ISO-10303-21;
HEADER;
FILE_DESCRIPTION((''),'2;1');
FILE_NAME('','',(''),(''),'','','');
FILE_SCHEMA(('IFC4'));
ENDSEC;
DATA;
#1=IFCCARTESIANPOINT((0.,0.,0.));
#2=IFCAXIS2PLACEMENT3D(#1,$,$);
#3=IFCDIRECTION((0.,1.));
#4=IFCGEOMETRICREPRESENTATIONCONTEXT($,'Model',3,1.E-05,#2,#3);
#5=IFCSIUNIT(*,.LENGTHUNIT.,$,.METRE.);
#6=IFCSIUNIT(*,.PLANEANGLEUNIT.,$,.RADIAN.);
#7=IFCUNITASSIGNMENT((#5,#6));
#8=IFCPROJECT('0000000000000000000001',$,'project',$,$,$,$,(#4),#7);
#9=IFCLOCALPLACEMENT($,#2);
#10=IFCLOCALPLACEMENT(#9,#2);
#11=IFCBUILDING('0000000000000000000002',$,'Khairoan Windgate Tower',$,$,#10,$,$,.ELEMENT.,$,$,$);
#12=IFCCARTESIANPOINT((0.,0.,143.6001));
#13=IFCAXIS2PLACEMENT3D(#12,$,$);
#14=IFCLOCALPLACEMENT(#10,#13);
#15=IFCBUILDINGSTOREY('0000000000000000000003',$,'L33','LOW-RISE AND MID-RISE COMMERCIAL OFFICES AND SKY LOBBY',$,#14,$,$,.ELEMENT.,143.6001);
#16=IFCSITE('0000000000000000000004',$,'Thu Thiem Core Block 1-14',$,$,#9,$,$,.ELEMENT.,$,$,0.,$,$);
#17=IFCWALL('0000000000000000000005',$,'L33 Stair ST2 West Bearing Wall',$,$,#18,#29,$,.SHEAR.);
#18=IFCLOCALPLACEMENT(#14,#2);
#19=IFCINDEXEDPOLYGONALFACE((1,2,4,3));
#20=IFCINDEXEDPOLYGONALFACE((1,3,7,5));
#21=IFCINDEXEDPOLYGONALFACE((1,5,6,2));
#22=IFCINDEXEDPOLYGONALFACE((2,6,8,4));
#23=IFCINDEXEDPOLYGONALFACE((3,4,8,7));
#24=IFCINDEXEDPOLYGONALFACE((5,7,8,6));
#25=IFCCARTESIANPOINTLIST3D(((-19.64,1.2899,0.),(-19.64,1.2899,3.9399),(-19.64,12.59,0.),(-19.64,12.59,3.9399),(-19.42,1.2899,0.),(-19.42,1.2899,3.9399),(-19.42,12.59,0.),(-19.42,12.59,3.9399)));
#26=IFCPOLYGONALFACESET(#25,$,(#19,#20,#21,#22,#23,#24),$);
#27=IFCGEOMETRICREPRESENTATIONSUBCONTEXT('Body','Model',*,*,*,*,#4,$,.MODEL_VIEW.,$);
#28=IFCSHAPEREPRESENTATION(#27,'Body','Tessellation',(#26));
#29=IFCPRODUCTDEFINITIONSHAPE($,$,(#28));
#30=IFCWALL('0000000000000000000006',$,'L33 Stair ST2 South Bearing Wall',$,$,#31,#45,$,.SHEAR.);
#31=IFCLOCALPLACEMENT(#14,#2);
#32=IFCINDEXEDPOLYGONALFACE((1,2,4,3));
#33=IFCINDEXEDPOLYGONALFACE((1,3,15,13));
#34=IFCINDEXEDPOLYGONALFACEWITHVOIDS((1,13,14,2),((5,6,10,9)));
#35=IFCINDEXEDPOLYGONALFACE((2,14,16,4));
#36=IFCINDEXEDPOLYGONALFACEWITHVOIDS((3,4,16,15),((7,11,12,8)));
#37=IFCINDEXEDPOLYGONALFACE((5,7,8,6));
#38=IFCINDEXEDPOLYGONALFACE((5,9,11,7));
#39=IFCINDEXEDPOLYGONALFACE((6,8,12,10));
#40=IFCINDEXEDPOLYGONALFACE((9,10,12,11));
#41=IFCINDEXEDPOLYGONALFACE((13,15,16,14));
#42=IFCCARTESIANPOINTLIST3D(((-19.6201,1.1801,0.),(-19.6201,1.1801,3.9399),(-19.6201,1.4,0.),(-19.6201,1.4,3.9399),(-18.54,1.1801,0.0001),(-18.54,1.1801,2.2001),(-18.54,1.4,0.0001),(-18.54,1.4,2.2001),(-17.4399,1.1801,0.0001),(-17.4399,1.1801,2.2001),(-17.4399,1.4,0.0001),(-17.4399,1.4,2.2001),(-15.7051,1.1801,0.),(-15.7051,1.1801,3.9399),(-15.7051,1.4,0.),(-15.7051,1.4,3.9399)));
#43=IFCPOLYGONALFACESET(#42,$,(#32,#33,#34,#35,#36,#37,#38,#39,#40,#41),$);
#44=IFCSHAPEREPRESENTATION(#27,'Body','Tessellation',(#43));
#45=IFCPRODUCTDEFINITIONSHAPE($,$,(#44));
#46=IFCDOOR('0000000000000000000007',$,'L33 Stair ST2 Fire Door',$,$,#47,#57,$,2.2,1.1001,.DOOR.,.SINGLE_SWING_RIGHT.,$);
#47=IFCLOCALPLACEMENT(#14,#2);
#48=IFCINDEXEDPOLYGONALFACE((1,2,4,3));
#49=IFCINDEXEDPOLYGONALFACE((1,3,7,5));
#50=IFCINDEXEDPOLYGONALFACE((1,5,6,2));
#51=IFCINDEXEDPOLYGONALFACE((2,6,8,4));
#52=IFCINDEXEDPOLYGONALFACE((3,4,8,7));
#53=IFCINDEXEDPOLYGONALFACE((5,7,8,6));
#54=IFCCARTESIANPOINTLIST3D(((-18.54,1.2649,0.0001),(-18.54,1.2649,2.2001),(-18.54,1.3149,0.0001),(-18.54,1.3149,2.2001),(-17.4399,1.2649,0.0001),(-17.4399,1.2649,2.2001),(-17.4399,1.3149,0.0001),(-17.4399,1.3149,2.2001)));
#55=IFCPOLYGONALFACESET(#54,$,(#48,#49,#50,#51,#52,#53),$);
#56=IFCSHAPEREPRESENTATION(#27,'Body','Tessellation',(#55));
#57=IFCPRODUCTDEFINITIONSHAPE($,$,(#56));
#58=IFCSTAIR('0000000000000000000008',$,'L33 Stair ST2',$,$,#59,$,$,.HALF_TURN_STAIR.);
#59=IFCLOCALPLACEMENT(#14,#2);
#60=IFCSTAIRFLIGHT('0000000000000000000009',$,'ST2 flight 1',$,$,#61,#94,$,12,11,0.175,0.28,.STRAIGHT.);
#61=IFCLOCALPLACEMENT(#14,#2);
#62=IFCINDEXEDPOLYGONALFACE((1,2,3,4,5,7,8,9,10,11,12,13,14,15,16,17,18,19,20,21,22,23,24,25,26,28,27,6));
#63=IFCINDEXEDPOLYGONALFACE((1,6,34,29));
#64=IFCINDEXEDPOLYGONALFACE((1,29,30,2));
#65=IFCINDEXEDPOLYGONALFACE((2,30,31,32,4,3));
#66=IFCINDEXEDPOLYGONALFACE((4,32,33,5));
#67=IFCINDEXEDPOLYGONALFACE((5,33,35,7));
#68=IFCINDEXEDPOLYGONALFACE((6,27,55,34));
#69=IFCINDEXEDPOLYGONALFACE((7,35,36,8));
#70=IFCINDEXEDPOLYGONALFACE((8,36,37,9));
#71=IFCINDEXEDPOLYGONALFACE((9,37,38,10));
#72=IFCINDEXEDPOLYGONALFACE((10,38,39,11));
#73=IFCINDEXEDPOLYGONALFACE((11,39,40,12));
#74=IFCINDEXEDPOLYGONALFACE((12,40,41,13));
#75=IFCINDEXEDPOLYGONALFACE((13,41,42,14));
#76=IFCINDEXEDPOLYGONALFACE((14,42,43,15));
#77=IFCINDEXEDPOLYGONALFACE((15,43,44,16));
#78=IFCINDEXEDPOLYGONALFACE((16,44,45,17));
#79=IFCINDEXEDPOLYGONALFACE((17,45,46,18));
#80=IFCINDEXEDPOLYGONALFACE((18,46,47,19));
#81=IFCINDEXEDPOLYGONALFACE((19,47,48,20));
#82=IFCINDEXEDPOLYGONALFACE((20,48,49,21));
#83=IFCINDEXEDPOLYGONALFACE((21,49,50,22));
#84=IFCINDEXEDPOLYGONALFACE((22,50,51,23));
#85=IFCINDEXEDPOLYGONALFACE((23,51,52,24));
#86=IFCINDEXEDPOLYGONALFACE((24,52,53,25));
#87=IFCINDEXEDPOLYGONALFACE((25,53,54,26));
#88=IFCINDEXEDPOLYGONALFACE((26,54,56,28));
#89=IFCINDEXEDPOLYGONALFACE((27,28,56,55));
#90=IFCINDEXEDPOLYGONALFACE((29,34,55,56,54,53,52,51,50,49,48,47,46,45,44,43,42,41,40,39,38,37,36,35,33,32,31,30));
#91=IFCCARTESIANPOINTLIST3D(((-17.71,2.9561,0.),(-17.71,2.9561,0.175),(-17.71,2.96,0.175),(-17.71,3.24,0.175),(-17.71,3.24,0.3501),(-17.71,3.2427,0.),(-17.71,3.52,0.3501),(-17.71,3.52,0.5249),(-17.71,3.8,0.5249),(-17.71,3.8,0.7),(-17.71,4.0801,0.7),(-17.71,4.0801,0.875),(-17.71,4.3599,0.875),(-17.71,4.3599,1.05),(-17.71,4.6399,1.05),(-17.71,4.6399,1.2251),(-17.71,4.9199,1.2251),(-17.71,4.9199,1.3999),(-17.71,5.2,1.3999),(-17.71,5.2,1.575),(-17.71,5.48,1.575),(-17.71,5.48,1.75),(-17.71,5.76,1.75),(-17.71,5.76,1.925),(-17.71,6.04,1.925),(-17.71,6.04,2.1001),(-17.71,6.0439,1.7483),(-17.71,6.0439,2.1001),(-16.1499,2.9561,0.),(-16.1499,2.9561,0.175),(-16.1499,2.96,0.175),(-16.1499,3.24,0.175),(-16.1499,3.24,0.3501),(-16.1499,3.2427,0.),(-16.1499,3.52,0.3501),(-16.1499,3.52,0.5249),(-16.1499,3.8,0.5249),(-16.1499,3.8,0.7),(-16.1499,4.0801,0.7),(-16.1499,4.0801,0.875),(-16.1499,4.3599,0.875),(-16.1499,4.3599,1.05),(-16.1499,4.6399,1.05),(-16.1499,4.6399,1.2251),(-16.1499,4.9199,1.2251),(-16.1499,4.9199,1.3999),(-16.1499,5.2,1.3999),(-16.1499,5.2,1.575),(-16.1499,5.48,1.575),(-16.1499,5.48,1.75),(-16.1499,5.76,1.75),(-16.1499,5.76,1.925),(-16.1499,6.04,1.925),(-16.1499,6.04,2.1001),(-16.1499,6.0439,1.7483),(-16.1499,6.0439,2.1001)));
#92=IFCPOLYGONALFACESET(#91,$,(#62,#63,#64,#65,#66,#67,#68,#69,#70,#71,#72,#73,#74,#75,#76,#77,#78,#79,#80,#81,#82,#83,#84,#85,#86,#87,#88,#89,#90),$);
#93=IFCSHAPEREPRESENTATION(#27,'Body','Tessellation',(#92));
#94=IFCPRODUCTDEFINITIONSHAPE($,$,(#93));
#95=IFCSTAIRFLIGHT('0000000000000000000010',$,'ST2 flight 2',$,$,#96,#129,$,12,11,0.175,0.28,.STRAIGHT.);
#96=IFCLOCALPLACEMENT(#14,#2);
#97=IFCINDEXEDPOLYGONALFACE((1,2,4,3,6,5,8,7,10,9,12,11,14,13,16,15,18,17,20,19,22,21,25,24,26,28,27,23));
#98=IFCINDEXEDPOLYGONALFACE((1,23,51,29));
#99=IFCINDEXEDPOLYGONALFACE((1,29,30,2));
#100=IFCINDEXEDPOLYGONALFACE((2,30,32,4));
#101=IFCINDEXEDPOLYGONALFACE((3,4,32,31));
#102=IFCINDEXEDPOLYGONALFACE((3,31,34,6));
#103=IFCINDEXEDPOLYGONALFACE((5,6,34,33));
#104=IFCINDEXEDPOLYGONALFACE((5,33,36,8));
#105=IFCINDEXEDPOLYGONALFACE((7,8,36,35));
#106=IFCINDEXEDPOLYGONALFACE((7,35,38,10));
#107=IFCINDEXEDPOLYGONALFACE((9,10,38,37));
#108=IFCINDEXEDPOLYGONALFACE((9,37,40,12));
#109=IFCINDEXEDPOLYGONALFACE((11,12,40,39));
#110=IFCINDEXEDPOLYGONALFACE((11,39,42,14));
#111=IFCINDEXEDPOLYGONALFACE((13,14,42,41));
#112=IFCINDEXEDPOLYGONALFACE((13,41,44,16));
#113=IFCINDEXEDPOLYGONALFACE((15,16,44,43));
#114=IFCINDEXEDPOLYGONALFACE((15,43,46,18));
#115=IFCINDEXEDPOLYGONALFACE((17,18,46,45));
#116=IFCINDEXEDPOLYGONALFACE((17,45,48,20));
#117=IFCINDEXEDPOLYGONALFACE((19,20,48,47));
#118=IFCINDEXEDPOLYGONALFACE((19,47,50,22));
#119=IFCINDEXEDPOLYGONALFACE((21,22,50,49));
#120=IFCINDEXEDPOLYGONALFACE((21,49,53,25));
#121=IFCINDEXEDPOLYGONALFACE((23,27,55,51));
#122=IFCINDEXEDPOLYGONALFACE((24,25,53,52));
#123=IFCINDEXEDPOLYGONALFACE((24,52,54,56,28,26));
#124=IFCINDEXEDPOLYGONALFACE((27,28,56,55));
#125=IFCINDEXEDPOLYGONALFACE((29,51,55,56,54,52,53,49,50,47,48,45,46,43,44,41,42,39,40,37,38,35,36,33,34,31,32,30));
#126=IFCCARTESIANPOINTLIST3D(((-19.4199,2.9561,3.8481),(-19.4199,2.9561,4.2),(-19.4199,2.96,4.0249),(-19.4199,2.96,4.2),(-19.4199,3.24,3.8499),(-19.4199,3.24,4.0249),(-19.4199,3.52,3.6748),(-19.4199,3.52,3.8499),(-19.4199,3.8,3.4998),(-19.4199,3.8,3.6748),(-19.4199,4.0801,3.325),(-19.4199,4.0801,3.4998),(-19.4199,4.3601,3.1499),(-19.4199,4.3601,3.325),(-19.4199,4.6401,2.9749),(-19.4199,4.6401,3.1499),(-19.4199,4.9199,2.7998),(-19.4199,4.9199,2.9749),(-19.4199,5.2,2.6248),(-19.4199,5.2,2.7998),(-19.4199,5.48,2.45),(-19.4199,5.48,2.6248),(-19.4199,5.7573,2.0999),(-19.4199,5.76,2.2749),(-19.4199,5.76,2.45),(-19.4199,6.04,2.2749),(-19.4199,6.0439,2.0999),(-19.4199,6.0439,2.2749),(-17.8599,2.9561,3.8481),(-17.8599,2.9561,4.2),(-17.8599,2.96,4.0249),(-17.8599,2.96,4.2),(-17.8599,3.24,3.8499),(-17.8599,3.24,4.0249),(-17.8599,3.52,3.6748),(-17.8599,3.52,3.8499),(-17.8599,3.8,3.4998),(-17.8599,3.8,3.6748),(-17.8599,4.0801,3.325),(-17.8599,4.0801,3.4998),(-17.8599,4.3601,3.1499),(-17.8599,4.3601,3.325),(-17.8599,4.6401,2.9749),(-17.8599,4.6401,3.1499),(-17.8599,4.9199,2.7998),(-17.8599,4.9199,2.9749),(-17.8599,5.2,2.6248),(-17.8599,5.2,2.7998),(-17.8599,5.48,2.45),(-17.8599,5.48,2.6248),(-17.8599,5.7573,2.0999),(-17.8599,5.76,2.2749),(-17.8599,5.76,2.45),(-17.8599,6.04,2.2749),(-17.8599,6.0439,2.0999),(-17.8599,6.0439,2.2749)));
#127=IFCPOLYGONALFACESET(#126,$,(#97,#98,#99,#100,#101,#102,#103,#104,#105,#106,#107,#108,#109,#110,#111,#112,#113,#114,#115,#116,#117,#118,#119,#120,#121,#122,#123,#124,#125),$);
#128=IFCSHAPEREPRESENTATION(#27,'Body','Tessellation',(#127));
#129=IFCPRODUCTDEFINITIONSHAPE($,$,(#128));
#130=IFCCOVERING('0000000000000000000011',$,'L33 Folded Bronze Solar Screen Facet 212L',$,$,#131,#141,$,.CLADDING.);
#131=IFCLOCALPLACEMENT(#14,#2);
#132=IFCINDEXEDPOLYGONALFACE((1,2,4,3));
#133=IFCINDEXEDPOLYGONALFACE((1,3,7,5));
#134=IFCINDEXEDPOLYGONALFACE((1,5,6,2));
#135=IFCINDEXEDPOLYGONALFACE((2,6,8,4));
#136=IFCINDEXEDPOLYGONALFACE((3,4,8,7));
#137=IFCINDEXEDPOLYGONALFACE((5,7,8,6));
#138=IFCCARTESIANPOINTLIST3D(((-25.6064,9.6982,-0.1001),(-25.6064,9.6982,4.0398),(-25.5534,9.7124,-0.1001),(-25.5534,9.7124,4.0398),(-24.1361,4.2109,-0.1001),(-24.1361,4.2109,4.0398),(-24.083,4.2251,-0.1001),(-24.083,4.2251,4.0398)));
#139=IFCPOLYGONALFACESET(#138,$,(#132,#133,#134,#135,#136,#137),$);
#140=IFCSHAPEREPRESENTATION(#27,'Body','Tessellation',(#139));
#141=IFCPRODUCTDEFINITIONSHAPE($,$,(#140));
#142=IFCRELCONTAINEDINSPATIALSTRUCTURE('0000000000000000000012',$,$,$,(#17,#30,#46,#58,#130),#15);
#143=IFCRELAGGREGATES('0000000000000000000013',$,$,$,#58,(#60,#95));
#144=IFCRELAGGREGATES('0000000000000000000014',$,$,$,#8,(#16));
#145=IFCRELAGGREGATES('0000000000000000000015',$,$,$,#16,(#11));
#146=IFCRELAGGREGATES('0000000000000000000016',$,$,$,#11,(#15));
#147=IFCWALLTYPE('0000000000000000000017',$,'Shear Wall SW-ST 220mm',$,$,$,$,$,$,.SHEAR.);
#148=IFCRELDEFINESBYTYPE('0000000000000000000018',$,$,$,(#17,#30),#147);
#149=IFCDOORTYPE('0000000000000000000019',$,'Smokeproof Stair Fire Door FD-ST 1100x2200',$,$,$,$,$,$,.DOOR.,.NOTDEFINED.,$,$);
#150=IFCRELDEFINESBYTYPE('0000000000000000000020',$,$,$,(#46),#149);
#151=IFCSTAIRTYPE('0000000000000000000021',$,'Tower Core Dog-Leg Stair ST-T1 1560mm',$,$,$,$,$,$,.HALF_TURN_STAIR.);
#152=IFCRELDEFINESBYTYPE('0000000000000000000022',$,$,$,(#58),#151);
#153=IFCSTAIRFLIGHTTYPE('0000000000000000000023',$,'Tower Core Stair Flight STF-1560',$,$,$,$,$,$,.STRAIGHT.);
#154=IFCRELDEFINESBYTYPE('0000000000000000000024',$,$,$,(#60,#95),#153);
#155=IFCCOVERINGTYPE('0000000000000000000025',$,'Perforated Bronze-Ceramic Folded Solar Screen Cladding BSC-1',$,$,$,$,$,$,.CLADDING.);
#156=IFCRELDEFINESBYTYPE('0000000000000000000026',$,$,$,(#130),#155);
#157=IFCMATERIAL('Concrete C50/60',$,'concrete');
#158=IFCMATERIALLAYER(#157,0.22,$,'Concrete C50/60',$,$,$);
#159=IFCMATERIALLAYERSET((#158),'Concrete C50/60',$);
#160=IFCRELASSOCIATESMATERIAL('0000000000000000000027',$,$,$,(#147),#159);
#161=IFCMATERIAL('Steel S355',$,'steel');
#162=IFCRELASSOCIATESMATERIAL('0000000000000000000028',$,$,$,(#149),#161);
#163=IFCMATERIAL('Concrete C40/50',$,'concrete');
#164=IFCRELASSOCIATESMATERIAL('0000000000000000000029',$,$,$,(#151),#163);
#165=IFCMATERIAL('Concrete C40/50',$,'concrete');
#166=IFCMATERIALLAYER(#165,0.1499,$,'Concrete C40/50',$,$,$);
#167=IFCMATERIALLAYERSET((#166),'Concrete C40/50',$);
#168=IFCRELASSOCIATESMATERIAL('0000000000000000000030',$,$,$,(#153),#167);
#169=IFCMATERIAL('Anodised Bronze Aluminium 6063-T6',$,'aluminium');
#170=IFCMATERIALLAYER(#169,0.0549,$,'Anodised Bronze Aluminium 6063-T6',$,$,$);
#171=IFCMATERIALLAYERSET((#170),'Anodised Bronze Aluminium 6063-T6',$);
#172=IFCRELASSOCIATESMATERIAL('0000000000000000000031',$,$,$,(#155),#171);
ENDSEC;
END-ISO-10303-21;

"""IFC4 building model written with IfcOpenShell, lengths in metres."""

from ifc_helpers import new_model, si_unit, direction, frame, frame_2d, origin, origin_2d, place, context, subcontext, project, spatial, polyline, rectangle, outline, extrude, material, layer, layer_set, type_object, element, fill, aggregate, save


model = new_model("IFC4")

# Units and contexts
model_context = context("Model", 3, precision=1e-05, world=origin(), true_north=direction((0.0, 1.0)))
body_context = subcontext(model_context, "Body", "Model", "MODEL_VIEW")
ifc_project = project(units=[si_unit("LENGTHUNIT", "METRE"), si_unit("PLANEANGLEUNIT", "RADIAN")], contexts=[model_context])

# Site, building, storey
site_placement = place(None, origin())
site = spatial("IfcSite", under=ifc_project, at=site_placement, Name="Thu Thiem Core Block 1-14", CompositionType="ELEMENT", RefElevation=0.0)
building_placement = place(site_placement, origin())
building = spatial("IfcBuilding", under=site, at=building_placement, Name="Khairoan Windgate Tower", CompositionType="ELEMENT")
storey_placement = place(building_placement, frame((0.0, 0.0, 143.6001)))
storey = spatial("IfcBuildingStorey", under=building, at=storey_placement, Name="L33", Description="LOW-RISE AND MID-RISE COMMERCIAL OFFICES AND SKY LOBBY", CompositionType="ELEMENT", Elevation=143.6001)

# Wall
ifc_material_1 = material(Name="Concrete C50/60", Category="concrete")
ifc_layer_1 = layer(ifc_material_1, 0.22, Name="Concrete C50/60")
ifc_layer_set_1 = layer_set([ifc_layer_1], Name="Concrete C50/60")
wall_type_1 = type_object("IfcWallType", Name="Shear Wall SW-ST 220mm", PredefinedType="SHEAR", material=ifc_layer_set_1)
for number, where, z_axis, x_axis, name in (
    (1, (-19.53, 1.29, 0.0), (0.0, 0.0, 1.0), (0.0, 1.0, 0.0), "L33 Stair ST2 West Bearing Wall"),
):
    element("IfcWall", number, at=place(storey_placement, frame(where, z_axis=z_axis, x_axis=x_axis)), inside=storey, type_object=wall_type_1, Name=name, PredefinedType="SHEAR", context=body_context, shape_type="SweptSolid", body=[
        extrude(rectangle(XDim=11.3, YDim=0.22, at=frame_2d((5.6499, 0.0))), origin(), (0.0, 0.0, 1.0), 3.9399),
    ])

# Wall, opening, door
wall_1_placement = place(storey_placement, frame((-19.6201, 1.29, 0.0), z_axis=(0.0, 0.0, 1.0), x_axis=(1.0, 0.0, 0.0)))
wall_1 = element("IfcWall", 2, at=wall_1_placement, inside=storey, type_object=wall_type_1, Name="L33 Stair ST2 South Bearing Wall", PredefinedType="SHEAR", context=body_context, shape_type="SweptSolid", body=[
    extrude(rectangle(XDim=3.915, YDim=0.22, at=frame_2d((1.9575, 0.0))), origin(), (0.0, 0.0, 1.0), 3.9399),
])
opening_1_placement = place(wall_1_placement, frame((1.0801, 0.0, 0.0)))
opening_1 = element("IfcOpeningElement", 3, at=opening_1_placement, cuts=wall_1, PredefinedType="OPENING", context=body_context, shape_type="SweptSolid", body=[
    extrude(rectangle(XDim=1.1001, YDim=2.2, at=frame_2d((0.55, 1.1001))), frame((0.0, 0.1199, 0.0), z_axis=(0.0, -1.0, 0.0), x_axis=(1.0, 0.0, 0.0)), (0.0, 0.0, 1.0), 0.24),
])
ifc_material_2 = material(Name="Steel S355", Category="steel")
door_type_1 = type_object("IfcDoorType", Name="Smokeproof Stair Fire Door FD-ST 1100x2200", OperationType="NOTDEFINED", PredefinedType="DOOR", material=ifc_material_2)
door_1_placement = place(opening_1_placement, origin())
door_1 = element("IfcDoor", 4, at=door_1_placement, inside=storey, type_object=door_type_1, Name="L33 Stair ST2 Fire Door", OperationType="SINGLE_SWING_RIGHT", OverallHeight=2.2, OverallWidth=1.1001, PredefinedType="DOOR", context=body_context, shape_type="SweptSolid", body=[
    extrude(rectangle(XDim=1.1001, YDim=2.2, at=frame_2d((0.55, 1.1001))), frame((0.0, 0.0249, 0.0), z_axis=(0.0, -1.0, 0.0), x_axis=(1.0, 0.0, 0.0)), (0.0, 0.0, 1.0), 0.05),
])
fill(opening_1, door_1)

# Stair, stair flights
ifc_material_3 = material(Name="Concrete C40/50", Category="concrete")
stair_type = type_object("IfcStairType", Name="Tower Core Dog-Leg Stair ST-T1 1560mm", PredefinedType="HALF_TURN_STAIR", material=ifc_material_3)
stair_placement = place(storey_placement, origin())
stair = element("IfcStair", 5, at=stair_placement, inside=storey, type_object=stair_type, Name="L33 Stair ST2", PredefinedType="HALF_TURN_STAIR")
ifc_material_4 = material(Name="Concrete C40/50", Category="concrete")
ifc_layer_2 = layer(ifc_material_4, 0.1499, Name="Concrete C40/50")
ifc_layer_set_2 = layer_set([ifc_layer_2], Name="Concrete C40/50")
stair_flight_type = type_object("IfcStairFlightType", Name="Tower Core Stair Flight STF-1560", PredefinedType="STRAIGHT", material=ifc_layer_set_2)
stair_flight_1_placement = place(storey_placement, frame((-16.9299, 2.96, 0.0), z_axis=(0.0, 0.0, 1.0), x_axis=(0.0, 1.0, 0.0)))
stair_flight_1 = element("IfcStairFlight", 6, at=stair_flight_1_placement, type_object=stair_flight_type, Name="ST2 flight 1", NumberOfRisers=12, NumberOfTreads=11, PredefinedType="STRAIGHT", RiserHeight=0.175, TreadLength=0.28, context=body_context, shape_type="SweptSolid", body=[
    extrude(outline(polyline([(-0.0039, 0.0), (-0.0039, 0.175), (0.0, 0.175), (0.28, 0.175), (0.28, 0.3501), (0.5601, 0.3501), (0.5601, 0.5249), (0.8401, 0.5249), (0.8401, 0.7), (1.1201, 0.7), (1.1201, 0.875), (1.3999, 0.875), (1.3999, 1.05), (1.6799, 1.05), (1.6799, 1.2251), (1.96, 1.2251), (1.96, 1.3999), (2.24, 1.3999), (2.24, 1.575), (2.52, 1.575), (2.52, 1.75), (2.8, 1.75), (2.8, 1.925), (3.0801, 1.925), (3.0801, 2.1001), (3.084, 2.1001), (3.084, 1.7483), (0.2827, 0.0), (-0.0039, 0.0)])), frame((0.0, 0.78, 0.0), z_axis=(0.0, -1.0, 0.0), x_axis=(1.0, 0.0, 0.0)), (0.0, 0.0, 1.0), 1.5601),
])
stair_flight_2_placement = place(storey_placement, frame((-18.6399, 6.04, 2.0999), z_axis=(0.0, 0.0, 1.0), x_axis=(0.0, -1.0, 0.0)))
stair_flight_2 = element("IfcStairFlight", 7, at=stair_flight_2_placement, type_object=stair_flight_type, Name="ST2 flight 2", NumberOfRisers=12, NumberOfTreads=11, PredefinedType="STRAIGHT", RiserHeight=0.175, TreadLength=0.28, context=body_context, shape_type="SweptSolid", body=[
    extrude(outline(polyline([(-0.0039, 0.0), (-0.0039, 0.175), (0.0, 0.175), (0.28, 0.175), (0.28, 0.3501), (0.5601, 0.3501), (0.5601, 0.5249), (0.8401, 0.5249), (0.8401, 0.7), (1.1201, 0.7), (1.1201, 0.875), (1.3999, 0.875), (1.3999, 1.05), (1.6799, 1.05), (1.6799, 1.2251), (1.96, 1.2251), (1.96, 1.3999), (2.24, 1.3999), (2.24, 1.575), (2.52, 1.575), (2.52, 1.75), (2.8, 1.75), (2.8, 1.925), (3.0801, 1.925), (3.0801, 2.1001), (3.084, 2.1001), (3.084, 1.7483), (0.2827, 0.0), (-0.0039, 0.0)])), frame((0.0, 0.78, 0.0), z_axis=(0.0, -1.0, 0.0), x_axis=(1.0, 0.0, 0.0)), (0.0, 0.0, 1.0), 1.5601),
])
aggregate(stair, [stair_flight_1, stair_flight_2])

# Covering
ifc_material_5 = material(Name="Anodised Bronze Aluminium 6063-T6", Category="aluminium")
ifc_layer_3 = layer(ifc_material_5, 0.0549, Name="Anodised Bronze Aluminium 6063-T6")
ifc_layer_set_3 = layer_set([ifc_layer_3], Name="Anodised Bronze Aluminium 6063-T6")
covering_type = type_object("IfcCoveringType", Name="Perforated Bronze-Ceramic Folded Solar Screen Cladding BSC-1", PredefinedType="CLADDING", material=ifc_layer_set_3)
covering_placement = place(storey_placement, frame((-24.8447, 6.9617, -0.1001), z_axis=(0.0, 0.0, 1.0), x_axis=(-0.258819, 0.965926, 0.0)))
element("IfcCovering", 8, at=covering_placement, inside=storey, type_object=covering_type, Name="L33 Folded Bronze Solar Screen Facet 212L", PredefinedType="CLADDING", context=body_context, shape_type="SweptSolid", body=[
    extrude(rectangle(XDim=5.6809, YDim=0.0549, at=origin_2d()), origin(), (0.0, 0.0, 1.0), 4.1399),
])

save(model, "model.ifc")
